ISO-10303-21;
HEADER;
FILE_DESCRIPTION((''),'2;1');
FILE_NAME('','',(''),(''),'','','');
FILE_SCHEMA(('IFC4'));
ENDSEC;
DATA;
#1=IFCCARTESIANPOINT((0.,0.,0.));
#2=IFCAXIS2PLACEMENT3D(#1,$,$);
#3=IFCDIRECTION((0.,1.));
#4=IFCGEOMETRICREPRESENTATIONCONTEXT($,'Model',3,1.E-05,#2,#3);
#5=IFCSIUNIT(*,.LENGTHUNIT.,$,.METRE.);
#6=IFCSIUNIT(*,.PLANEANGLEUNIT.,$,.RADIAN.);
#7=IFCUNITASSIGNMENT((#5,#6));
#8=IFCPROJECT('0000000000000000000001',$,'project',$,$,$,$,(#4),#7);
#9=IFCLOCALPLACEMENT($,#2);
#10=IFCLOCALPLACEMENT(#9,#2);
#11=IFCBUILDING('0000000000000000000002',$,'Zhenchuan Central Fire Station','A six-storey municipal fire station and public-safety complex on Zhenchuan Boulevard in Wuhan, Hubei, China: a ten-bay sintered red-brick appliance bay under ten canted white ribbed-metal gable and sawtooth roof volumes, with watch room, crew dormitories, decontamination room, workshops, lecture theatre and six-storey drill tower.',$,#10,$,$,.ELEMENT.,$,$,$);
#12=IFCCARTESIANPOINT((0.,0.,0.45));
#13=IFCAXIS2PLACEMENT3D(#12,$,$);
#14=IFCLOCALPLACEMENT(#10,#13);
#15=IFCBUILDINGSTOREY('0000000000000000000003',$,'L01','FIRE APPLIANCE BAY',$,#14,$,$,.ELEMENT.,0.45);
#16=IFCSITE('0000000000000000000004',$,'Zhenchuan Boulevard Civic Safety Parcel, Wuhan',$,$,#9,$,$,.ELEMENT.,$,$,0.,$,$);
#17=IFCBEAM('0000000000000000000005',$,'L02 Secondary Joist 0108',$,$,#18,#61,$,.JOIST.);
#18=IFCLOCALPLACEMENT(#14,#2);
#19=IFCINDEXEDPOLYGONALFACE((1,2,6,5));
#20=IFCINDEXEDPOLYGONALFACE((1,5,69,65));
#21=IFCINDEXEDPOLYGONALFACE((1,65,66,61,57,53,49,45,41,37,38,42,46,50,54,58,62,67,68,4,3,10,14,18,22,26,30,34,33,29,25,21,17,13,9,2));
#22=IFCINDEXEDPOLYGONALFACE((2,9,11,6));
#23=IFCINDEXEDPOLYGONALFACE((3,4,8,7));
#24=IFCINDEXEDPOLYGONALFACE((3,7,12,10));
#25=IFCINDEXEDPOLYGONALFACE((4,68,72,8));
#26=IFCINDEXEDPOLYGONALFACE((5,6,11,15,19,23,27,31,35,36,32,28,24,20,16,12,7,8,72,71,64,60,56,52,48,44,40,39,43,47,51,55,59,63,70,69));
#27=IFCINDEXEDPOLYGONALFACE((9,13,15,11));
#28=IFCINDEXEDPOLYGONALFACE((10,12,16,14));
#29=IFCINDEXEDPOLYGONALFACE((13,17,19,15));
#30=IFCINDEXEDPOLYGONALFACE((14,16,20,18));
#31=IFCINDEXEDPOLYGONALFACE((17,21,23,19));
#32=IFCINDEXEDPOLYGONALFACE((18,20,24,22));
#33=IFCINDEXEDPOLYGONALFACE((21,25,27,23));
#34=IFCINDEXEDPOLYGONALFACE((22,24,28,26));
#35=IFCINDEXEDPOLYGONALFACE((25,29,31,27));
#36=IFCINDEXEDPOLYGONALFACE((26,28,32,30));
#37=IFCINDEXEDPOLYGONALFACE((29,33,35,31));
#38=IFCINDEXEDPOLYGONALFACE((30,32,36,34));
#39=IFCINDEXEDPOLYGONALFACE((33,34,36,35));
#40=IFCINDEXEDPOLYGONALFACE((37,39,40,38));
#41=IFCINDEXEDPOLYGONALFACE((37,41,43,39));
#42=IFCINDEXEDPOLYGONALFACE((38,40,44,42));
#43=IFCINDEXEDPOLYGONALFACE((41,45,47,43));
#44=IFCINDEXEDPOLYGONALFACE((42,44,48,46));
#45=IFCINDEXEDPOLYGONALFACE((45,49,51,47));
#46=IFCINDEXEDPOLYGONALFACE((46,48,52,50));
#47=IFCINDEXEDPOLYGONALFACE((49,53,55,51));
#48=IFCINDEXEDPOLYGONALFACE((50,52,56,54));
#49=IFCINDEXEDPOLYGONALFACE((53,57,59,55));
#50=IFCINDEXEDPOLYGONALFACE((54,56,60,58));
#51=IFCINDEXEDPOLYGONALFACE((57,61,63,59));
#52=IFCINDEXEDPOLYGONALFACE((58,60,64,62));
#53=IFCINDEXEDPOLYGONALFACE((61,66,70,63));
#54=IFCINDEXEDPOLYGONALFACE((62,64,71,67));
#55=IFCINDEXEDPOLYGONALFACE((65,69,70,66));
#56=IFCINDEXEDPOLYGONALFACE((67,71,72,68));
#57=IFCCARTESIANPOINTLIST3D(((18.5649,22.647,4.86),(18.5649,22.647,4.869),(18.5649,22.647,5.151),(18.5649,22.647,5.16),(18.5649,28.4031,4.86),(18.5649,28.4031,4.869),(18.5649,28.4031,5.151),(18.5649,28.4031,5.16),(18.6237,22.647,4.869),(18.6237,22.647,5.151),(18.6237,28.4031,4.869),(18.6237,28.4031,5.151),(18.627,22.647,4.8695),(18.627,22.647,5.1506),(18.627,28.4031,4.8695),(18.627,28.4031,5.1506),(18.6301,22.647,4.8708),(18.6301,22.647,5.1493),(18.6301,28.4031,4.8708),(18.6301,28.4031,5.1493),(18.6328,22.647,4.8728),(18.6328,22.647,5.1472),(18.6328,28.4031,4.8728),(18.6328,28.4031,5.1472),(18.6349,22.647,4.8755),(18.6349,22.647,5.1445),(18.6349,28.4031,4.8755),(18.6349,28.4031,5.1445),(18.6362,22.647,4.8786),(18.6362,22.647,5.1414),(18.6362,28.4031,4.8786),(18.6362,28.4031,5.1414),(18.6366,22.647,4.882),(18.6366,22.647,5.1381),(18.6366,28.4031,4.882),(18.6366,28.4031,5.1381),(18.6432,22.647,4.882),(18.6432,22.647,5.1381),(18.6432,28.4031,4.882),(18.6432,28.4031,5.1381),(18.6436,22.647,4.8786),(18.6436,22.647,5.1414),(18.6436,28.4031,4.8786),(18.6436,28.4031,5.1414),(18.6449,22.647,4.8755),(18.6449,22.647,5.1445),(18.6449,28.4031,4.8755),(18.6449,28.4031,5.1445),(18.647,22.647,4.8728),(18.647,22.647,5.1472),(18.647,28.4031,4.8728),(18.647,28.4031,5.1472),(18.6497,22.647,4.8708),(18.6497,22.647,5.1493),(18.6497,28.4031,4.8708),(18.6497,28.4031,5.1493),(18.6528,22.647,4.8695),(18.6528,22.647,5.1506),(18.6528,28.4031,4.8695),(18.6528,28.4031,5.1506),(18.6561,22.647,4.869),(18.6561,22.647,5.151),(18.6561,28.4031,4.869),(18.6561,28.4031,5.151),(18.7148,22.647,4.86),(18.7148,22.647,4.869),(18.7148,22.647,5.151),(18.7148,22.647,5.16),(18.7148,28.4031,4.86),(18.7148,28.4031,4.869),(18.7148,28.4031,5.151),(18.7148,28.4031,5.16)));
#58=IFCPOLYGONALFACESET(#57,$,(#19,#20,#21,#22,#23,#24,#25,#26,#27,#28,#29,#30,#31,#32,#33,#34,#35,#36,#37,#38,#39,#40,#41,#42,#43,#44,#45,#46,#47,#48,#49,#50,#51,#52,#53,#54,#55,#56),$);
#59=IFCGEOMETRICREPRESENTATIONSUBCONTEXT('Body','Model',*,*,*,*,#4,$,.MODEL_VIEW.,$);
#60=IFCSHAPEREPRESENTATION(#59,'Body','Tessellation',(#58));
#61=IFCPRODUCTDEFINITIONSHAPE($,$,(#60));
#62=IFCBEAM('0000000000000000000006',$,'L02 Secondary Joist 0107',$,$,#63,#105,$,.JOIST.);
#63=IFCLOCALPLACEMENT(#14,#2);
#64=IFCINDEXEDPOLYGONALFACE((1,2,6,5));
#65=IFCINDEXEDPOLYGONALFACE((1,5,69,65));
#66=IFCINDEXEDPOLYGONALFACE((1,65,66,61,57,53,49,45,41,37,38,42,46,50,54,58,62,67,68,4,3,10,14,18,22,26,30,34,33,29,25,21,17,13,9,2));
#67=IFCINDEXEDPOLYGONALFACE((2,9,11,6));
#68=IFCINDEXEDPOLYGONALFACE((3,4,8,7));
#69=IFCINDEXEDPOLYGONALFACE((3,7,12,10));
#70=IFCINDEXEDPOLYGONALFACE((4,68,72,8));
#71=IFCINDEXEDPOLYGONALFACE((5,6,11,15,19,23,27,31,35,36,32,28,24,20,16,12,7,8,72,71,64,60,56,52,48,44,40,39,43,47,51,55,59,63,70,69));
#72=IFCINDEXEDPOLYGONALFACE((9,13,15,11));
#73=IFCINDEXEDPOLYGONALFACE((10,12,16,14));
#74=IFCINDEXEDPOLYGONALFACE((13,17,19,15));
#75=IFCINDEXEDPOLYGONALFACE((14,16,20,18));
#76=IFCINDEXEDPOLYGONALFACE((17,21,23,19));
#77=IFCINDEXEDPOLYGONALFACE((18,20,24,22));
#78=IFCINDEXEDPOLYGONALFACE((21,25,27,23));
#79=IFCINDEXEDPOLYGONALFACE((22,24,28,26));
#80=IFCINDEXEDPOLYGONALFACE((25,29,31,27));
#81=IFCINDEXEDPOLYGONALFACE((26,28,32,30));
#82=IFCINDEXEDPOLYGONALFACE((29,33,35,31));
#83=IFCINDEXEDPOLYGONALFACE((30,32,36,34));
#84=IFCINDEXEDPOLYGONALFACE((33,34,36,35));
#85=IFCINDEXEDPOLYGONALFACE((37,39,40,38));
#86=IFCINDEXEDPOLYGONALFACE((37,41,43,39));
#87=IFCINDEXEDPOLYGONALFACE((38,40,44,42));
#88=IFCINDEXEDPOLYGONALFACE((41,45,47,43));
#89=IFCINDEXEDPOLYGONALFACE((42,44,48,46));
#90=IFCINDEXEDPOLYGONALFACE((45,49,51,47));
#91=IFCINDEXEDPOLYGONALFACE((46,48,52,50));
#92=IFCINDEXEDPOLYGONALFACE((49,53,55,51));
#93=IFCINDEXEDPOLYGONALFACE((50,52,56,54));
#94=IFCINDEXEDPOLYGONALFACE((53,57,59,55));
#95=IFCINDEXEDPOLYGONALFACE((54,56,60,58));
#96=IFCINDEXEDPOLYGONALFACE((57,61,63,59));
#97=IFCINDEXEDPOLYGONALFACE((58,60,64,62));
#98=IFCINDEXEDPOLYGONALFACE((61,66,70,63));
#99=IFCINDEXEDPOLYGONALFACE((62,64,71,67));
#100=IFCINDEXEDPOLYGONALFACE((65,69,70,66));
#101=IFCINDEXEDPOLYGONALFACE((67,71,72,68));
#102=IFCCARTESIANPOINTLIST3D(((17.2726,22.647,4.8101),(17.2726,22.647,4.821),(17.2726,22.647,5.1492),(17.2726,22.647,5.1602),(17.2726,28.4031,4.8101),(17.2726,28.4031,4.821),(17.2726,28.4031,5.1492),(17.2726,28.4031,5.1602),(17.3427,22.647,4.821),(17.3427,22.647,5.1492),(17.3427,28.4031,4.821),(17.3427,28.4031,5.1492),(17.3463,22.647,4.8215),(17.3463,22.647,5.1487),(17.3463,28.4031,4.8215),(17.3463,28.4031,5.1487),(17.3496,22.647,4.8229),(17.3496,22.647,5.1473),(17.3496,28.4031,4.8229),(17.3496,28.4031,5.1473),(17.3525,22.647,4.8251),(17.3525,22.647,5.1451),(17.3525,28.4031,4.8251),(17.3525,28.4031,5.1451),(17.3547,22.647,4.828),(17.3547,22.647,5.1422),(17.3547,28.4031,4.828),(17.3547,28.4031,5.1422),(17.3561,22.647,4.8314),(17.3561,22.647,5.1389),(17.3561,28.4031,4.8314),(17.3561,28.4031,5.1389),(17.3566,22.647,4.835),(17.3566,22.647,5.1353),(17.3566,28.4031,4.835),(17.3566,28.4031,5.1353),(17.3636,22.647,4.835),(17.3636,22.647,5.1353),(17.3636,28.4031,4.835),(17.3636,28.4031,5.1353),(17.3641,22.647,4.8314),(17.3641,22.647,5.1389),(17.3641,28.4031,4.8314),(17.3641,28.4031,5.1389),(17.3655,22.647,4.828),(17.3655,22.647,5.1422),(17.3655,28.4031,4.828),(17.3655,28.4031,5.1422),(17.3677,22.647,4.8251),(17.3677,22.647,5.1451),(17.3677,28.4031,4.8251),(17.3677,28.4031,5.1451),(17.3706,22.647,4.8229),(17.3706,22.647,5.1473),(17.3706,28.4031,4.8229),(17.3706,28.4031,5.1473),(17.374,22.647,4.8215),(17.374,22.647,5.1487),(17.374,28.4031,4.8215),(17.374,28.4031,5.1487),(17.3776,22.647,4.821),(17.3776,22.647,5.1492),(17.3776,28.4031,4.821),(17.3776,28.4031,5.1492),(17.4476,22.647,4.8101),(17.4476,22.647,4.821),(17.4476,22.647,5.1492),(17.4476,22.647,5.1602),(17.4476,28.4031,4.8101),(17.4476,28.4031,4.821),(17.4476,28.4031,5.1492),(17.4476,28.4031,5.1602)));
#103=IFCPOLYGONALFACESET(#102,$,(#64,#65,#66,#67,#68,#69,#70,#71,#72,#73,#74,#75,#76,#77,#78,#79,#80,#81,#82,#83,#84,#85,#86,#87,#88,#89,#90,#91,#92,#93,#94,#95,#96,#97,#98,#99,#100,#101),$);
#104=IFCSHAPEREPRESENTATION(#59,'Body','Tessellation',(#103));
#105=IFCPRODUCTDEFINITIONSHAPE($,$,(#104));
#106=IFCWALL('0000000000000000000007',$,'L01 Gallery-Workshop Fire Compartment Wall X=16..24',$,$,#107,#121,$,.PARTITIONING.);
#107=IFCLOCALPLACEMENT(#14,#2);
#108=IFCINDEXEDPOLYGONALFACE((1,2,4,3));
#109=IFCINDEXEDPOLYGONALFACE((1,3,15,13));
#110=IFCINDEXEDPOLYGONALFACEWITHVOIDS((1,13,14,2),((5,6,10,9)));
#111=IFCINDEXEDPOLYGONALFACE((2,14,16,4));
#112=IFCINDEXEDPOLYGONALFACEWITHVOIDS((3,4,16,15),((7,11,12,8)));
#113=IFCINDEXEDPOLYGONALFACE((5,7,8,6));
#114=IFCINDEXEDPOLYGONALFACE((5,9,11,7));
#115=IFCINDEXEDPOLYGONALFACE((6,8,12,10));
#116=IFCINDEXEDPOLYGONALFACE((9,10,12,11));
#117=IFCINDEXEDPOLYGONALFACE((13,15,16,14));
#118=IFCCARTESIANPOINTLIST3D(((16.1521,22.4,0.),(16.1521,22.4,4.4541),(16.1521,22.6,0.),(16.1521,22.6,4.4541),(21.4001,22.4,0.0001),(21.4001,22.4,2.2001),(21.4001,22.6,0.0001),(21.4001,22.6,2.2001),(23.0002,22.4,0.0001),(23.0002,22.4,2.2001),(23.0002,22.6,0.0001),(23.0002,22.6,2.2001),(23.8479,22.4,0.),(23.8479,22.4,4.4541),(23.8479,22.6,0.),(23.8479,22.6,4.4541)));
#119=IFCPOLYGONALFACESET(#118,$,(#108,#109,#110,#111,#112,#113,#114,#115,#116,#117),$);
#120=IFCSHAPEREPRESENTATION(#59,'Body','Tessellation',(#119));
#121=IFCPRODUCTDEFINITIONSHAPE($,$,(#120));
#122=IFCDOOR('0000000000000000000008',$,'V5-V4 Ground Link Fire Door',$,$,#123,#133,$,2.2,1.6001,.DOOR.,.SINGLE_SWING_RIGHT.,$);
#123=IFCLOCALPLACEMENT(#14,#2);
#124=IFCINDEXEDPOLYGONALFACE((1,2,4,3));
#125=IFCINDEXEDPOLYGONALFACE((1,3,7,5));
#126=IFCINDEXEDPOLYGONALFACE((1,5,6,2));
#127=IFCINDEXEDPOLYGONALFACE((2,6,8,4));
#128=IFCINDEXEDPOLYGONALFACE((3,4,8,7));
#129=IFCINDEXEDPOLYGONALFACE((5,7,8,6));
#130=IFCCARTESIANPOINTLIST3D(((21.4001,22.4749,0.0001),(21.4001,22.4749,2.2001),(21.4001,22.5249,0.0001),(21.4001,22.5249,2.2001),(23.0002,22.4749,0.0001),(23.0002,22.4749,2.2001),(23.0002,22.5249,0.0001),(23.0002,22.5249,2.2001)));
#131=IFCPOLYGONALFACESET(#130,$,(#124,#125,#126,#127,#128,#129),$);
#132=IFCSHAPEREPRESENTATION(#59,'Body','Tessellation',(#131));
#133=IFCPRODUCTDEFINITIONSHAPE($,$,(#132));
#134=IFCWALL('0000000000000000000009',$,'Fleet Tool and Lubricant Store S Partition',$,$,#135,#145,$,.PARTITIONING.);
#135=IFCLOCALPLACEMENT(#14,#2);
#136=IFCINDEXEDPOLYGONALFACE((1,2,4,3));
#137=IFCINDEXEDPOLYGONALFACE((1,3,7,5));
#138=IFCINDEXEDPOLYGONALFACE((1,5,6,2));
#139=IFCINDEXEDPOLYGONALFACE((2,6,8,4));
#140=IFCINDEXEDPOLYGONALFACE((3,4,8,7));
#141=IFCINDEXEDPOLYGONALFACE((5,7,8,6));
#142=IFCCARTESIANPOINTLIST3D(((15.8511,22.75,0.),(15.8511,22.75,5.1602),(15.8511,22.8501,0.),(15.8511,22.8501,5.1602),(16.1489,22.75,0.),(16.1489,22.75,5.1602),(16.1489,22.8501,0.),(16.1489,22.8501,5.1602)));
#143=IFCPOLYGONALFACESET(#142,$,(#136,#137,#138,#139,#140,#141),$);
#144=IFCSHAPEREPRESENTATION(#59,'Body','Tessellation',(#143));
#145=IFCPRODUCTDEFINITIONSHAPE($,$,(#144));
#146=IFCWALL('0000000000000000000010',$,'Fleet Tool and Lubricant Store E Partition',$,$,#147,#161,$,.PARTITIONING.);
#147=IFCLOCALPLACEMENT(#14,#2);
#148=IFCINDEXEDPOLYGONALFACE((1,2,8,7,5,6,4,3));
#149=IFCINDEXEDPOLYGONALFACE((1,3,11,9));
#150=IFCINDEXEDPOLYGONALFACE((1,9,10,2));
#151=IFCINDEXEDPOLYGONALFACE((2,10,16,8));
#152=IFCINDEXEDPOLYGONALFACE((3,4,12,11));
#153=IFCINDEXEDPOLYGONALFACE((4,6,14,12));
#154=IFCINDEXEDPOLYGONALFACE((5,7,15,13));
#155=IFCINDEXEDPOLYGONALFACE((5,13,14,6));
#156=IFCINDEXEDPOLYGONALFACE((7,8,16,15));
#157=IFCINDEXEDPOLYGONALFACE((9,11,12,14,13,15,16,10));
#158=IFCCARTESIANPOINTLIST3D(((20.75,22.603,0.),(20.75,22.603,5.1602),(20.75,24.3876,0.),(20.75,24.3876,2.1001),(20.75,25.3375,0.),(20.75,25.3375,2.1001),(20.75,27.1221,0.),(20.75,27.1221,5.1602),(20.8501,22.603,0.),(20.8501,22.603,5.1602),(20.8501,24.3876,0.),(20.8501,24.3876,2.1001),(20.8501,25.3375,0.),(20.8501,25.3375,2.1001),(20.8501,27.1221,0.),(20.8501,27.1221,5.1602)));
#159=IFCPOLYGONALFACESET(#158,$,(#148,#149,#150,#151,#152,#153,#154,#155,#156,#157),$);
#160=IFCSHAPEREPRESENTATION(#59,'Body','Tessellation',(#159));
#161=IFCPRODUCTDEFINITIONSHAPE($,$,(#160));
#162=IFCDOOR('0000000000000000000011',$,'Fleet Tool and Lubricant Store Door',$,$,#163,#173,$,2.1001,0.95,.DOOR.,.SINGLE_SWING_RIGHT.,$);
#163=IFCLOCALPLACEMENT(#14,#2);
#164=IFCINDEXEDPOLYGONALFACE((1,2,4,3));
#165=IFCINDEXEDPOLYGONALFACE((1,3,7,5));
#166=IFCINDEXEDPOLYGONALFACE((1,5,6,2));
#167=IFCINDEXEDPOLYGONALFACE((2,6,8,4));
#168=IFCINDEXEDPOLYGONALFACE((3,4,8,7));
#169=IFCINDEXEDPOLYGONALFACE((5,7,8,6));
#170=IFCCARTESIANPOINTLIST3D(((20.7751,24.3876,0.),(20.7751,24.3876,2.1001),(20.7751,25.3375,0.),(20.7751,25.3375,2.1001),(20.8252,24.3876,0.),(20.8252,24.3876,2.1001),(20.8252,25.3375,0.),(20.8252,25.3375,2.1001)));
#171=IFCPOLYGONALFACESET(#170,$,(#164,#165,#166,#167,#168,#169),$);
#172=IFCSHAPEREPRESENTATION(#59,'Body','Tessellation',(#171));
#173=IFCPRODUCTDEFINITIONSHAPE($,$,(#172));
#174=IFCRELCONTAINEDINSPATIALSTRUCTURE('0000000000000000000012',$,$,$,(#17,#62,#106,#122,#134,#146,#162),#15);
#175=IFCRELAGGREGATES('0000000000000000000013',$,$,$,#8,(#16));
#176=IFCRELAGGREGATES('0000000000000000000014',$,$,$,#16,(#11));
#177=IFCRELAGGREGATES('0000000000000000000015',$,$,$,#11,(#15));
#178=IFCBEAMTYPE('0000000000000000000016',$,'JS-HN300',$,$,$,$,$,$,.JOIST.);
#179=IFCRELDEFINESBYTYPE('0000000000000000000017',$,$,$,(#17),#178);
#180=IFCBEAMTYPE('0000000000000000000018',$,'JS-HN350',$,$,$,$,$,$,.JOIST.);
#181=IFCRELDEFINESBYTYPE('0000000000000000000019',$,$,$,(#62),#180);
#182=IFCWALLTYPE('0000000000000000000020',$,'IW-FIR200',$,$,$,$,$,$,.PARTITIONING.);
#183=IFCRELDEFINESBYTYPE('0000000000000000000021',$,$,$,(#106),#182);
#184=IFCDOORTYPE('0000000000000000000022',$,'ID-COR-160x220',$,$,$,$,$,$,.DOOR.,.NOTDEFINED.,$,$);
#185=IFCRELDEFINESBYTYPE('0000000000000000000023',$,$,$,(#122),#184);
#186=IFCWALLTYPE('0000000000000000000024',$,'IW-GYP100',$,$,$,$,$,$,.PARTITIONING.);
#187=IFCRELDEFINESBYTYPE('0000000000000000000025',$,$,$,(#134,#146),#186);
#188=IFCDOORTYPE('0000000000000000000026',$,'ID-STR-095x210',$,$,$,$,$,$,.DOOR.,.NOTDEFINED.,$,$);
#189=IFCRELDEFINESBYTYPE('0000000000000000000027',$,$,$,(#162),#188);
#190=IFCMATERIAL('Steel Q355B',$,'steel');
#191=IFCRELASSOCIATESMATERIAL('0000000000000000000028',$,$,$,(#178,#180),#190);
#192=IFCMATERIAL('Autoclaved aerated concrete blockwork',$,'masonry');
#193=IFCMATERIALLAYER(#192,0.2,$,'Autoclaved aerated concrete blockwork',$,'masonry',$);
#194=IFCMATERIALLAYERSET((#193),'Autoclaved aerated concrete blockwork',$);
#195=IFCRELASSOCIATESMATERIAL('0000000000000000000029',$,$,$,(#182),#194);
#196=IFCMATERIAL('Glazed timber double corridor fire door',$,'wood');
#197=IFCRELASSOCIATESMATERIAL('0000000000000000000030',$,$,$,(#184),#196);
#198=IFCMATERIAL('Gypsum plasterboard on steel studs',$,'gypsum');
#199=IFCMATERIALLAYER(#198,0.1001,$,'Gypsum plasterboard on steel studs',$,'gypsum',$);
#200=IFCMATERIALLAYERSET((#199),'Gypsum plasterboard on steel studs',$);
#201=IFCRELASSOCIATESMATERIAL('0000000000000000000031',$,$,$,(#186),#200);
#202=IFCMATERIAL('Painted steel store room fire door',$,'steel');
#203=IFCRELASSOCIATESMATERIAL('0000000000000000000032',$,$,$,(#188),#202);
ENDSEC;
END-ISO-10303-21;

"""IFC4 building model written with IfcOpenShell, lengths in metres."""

from ifc_helpers import new_model, si_unit, direction, frame, frame_2d, origin, origin_2d, place, context, subcontext, project, spatial, rectangle, i_section, extrude, material, layer, layer_set, material_profile, profile_set, type_object, element, fill, save


model = new_model("IFC4")

# Units and contexts
model_context = context("Model", 3, precision=1e-05, world=origin(), true_north=direction((0.0, 1.0)))
body_context = subcontext(model_context, "Body", "Model", "MODEL_VIEW")
ifc_project = project(units=[si_unit("LENGTHUNIT", "METRE"), si_unit("PLANEANGLEUNIT", "RADIAN")], contexts=[model_context])

# Site, building, storey
site_placement = place(None, origin())
site = spatial("IfcSite", under=ifc_project, at=site_placement, Name="Zhenchuan Boulevard Civic Safety Parcel, Wuhan", CompositionType="ELEMENT", RefElevation=0.0)
building_placement = place(site_placement, origin())
building = spatial("IfcBuilding", under=site, at=building_placement, Name="Zhenchuan Central Fire Station", Description="A six-storey municipal fire station and public-safety complex on Zhenchuan Boulevard in Wuhan, Hubei, China: a ten-bay sintered red-brick appliance bay under ten canted white ribbed-metal gable and sawtooth roof volumes, with watch room, crew dormitories, decontamination room, workshops, lecture theatre and six-storey drill tower.", CompositionType="ELEMENT")
storey_placement = place(building_placement, frame((0.0, 0.0, 0.45)))
storey = spatial("IfcBuildingStorey", under=building, at=storey_placement, Name="L01", Description="FIRE APPLIANCE BAY", CompositionType="ELEMENT", Elevation=0.45)

# Shared definitions
ifc_material_1 = material(Name="Steel Q355B", Category="steel")

# Beams
ifc_material_profile_1 = material_profile(ifc_material_1, i_section(OverallWidth=0.1499, OverallDepth=0.3, WebThickness=0.0066, FlangeThickness=0.009, FilletRadius=0.0129, at=origin_2d()), Name="HN 300x150")
ifc_profile_set_1 = profile_set([ifc_material_profile_1], Name="Steel Q355B")
beam_type_1 = type_object("IfcBeamType", Name="JS-HN300", PredefinedType="JOIST", material=ifc_profile_set_1)
beam_1_placement = place(storey_placement, frame((18.6399, 22.647, 5.01), z_axis=(0.0, 1.0, 0.0), x_axis=(-1.0, 0.0, 0.0)))
element("IfcBeam", 1, at=beam_1_placement, inside=storey, type_object=beam_type_1, Name="L02 Secondary Joist 0108", PredefinedType="JOIST", context=body_context, shape_type="SweptSolid", body=[
    extrude(i_section(OverallWidth=0.1499, OverallDepth=0.3, WebThickness=0.0066, FlangeThickness=0.009, FilletRadius=0.0129, at=origin_2d()), origin(), (0.0, 0.0, 1.0), 5.7561),
])
ifc_material_profile_2 = material_profile(ifc_material_1, i_section(OverallWidth=0.175, OverallDepth=0.3501, WebThickness=0.0071, FlangeThickness=0.011, FilletRadius=0.0139, at=origin_2d()), Name="HN 350x175")
ifc_profile_set_2 = profile_set([ifc_material_profile_2], Name="Steel Q355B")
beam_type_2 = type_object("IfcBeamType", Name="JS-HN350", PredefinedType="JOIST", material=ifc_profile_set_2)
beam_2_placement = place(storey_placement, frame((17.3601, 22.647, 4.9851), z_axis=(0.0, 1.0, 0.0), x_axis=(-1.0, 0.0, 0.0)))
element("IfcBeam", 2, at=beam_2_placement, inside=storey, type_object=beam_type_2, Name="L02 Secondary Joist 0107", PredefinedType="JOIST", context=body_context, shape_type="SweptSolid", body=[
    extrude(i_section(OverallWidth=0.175, OverallDepth=0.3501, WebThickness=0.0071, FlangeThickness=0.011, FilletRadius=0.0139, at=origin_2d()), origin(), (0.0, 0.0, 1.0), 5.7561),
])

# Wall, opening, door
ifc_material_2 = material(Name="Autoclaved aerated concrete blockwork", Category="masonry")
ifc_layer_1 = layer(ifc_material_2, 0.2, Name="Autoclaved aerated concrete blockwork", Category="masonry")
ifc_layer_set_1 = layer_set([ifc_layer_1], Name="Autoclaved aerated concrete blockwork")
wall_type_1 = type_object("IfcWallType", Name="IW-FIR200", PredefinedType="PARTITIONING", material=ifc_layer_set_1)
wall_1_placement = place(storey_placement, frame((16.1521, 22.5, 0.0), z_axis=(0.0, 0.0, 1.0), x_axis=(1.0, 0.0, 0.0)))
wall_1 = element("IfcWall", 3, at=wall_1_placement, inside=storey, type_object=wall_type_1, Name="L01 Gallery-Workshop Fire Compartment Wall X=16..24", PredefinedType="PARTITIONING", context=body_context, shape_type="SweptSolid", body=[
    extrude(rectangle(XDim=7.6958, YDim=0.2, at=frame_2d((3.8479, 0.0))), origin(), (0.0, 0.0, 1.0), 4.4541),
])
opening_1_placement = place(wall_1_placement, frame((5.248, 0.0, 0.0)))
opening_1 = element("IfcOpeningElement", 4, at=opening_1_placement, cuts=wall_1, PredefinedType="OPENING", context=body_context, shape_type="SweptSolid", body=[
    extrude(rectangle(XDim=1.6001, YDim=2.2, at=frame_2d((0.8, 1.1001))), frame((0.0, 0.1099, 0.0), z_axis=(0.0, -1.0, 0.0), x_axis=(1.0, 0.0, 0.0)), (0.0, 0.0, 1.0), 0.22),
])
ifc_material_3 = material(Name="Glazed timber double corridor fire door", Category="wood")
door_type_1 = type_object("IfcDoorType", Name="ID-COR-160x220", OperationType="NOTDEFINED", PredefinedType="DOOR", material=ifc_material_3)
door_1_placement = place(opening_1_placement, origin())
door_1 = element("IfcDoor", 5, at=door_1_placement, inside=storey, type_object=door_type_1, Name="V5-V4 Ground Link Fire Door", OperationType="SINGLE_SWING_RIGHT", OverallHeight=2.2, OverallWidth=1.6001, PredefinedType="DOOR", context=body_context, shape_type="SweptSolid", body=[
    extrude(rectangle(XDim=1.6001, YDim=2.2, at=frame_2d((0.8, 1.1001))), frame((0.0, 0.0249, 0.0), z_axis=(0.0, -1.0, 0.0), x_axis=(1.0, 0.0, 0.0)), (0.0, 0.0, 1.0), 0.05),
])
fill(opening_1, door_1)

# Wall
ifc_material_4 = material(Name="Gypsum plasterboard on steel studs", Category="gypsum")
ifc_layer_2 = layer(ifc_material_4, 0.1001, Name="Gypsum plasterboard on steel studs", Category="gypsum")
ifc_layer_set_2 = layer_set([ifc_layer_2], Name="Gypsum plasterboard on steel studs")
wall_type_2 = type_object("IfcWallType", Name="IW-GYP100", PredefinedType="PARTITIONING", material=ifc_layer_set_2)
wall_2_placement = place(storey_placement, frame((15.8511, 22.8, 0.0), z_axis=(0.0, 0.0, 1.0), x_axis=(1.0, 0.0, 0.0)))
element("IfcWall", 6, at=wall_2_placement, inside=storey, type_object=wall_type_2, Name="Fleet Tool and Lubricant Store S Partition", PredefinedType="PARTITIONING", context=body_context, shape_type="SweptSolid", body=[
    extrude(rectangle(XDim=0.2979, YDim=0.1001, at=frame_2d((0.1489, 0.0))), origin(), (0.0, 0.0, 1.0), 5.1602),
])

# Wall, opening, door
wall_3_placement = place(storey_placement, frame((20.8, 22.603, 0.0), z_axis=(0.0, 0.0, 1.0), x_axis=(0.0, 1.0, 0.0)))
wall_3 = element("IfcWall", 7, at=wall_3_placement, inside=storey, type_object=wall_type_2, Name="Fleet Tool and Lubricant Store E Partition", PredefinedType="PARTITIONING", context=body_context, shape_type="SweptSolid", body=[
    extrude(rectangle(XDim=4.519, YDim=0.1001, at=frame_2d((2.2595, 0.0))), origin(), (0.0, 0.0, 1.0), 5.1602),
])
opening_2_placement = place(wall_3_placement, frame((1.7844, 0.0, 0.0)))
opening_2 = element("IfcOpeningElement", 8, at=opening_2_placement, cuts=wall_3, PredefinedType="OPENING", context=body_context, shape_type="SweptSolid", body=[
    extrude(rectangle(XDim=0.95, YDim=2.1001, at=frame_2d((0.4751, 1.05))), frame((0.0, 0.0601, 0.0), z_axis=(0.0, -1.0, 0.0), x_axis=(1.0, 0.0, 0.0)), (0.0, 0.0, 1.0), 0.1201),
])
ifc_material_5 = material(Name="Painted steel store room fire door", Category="steel")
door_type_2 = type_object("IfcDoorType", Name="ID-STR-095x210", OperationType="NOTDEFINED", PredefinedType="DOOR", material=ifc_material_5)
door_2_placement = place(opening_2_placement, origin())
door_2 = element("IfcDoor", 9, at=door_2_placement, inside=storey, type_object=door_type_2, Name="Fleet Tool and Lubricant Store Door", OperationType="SINGLE_SWING_RIGHT", OverallHeight=2.1001, OverallWidth=0.95, PredefinedType="DOOR", context=body_context, shape_type="SweptSolid", body=[
    extrude(rectangle(XDim=0.95, YDim=2.1001, at=frame_2d((0.4751, 1.05))), frame((0.0, 0.0249, 0.0), z_axis=(0.0, -1.0, 0.0), x_axis=(1.0, 0.0, 0.0)), (0.0, 0.0, 1.0), 0.05),
])
fill(opening_2, door_2)

save(model, "model.ifc")
